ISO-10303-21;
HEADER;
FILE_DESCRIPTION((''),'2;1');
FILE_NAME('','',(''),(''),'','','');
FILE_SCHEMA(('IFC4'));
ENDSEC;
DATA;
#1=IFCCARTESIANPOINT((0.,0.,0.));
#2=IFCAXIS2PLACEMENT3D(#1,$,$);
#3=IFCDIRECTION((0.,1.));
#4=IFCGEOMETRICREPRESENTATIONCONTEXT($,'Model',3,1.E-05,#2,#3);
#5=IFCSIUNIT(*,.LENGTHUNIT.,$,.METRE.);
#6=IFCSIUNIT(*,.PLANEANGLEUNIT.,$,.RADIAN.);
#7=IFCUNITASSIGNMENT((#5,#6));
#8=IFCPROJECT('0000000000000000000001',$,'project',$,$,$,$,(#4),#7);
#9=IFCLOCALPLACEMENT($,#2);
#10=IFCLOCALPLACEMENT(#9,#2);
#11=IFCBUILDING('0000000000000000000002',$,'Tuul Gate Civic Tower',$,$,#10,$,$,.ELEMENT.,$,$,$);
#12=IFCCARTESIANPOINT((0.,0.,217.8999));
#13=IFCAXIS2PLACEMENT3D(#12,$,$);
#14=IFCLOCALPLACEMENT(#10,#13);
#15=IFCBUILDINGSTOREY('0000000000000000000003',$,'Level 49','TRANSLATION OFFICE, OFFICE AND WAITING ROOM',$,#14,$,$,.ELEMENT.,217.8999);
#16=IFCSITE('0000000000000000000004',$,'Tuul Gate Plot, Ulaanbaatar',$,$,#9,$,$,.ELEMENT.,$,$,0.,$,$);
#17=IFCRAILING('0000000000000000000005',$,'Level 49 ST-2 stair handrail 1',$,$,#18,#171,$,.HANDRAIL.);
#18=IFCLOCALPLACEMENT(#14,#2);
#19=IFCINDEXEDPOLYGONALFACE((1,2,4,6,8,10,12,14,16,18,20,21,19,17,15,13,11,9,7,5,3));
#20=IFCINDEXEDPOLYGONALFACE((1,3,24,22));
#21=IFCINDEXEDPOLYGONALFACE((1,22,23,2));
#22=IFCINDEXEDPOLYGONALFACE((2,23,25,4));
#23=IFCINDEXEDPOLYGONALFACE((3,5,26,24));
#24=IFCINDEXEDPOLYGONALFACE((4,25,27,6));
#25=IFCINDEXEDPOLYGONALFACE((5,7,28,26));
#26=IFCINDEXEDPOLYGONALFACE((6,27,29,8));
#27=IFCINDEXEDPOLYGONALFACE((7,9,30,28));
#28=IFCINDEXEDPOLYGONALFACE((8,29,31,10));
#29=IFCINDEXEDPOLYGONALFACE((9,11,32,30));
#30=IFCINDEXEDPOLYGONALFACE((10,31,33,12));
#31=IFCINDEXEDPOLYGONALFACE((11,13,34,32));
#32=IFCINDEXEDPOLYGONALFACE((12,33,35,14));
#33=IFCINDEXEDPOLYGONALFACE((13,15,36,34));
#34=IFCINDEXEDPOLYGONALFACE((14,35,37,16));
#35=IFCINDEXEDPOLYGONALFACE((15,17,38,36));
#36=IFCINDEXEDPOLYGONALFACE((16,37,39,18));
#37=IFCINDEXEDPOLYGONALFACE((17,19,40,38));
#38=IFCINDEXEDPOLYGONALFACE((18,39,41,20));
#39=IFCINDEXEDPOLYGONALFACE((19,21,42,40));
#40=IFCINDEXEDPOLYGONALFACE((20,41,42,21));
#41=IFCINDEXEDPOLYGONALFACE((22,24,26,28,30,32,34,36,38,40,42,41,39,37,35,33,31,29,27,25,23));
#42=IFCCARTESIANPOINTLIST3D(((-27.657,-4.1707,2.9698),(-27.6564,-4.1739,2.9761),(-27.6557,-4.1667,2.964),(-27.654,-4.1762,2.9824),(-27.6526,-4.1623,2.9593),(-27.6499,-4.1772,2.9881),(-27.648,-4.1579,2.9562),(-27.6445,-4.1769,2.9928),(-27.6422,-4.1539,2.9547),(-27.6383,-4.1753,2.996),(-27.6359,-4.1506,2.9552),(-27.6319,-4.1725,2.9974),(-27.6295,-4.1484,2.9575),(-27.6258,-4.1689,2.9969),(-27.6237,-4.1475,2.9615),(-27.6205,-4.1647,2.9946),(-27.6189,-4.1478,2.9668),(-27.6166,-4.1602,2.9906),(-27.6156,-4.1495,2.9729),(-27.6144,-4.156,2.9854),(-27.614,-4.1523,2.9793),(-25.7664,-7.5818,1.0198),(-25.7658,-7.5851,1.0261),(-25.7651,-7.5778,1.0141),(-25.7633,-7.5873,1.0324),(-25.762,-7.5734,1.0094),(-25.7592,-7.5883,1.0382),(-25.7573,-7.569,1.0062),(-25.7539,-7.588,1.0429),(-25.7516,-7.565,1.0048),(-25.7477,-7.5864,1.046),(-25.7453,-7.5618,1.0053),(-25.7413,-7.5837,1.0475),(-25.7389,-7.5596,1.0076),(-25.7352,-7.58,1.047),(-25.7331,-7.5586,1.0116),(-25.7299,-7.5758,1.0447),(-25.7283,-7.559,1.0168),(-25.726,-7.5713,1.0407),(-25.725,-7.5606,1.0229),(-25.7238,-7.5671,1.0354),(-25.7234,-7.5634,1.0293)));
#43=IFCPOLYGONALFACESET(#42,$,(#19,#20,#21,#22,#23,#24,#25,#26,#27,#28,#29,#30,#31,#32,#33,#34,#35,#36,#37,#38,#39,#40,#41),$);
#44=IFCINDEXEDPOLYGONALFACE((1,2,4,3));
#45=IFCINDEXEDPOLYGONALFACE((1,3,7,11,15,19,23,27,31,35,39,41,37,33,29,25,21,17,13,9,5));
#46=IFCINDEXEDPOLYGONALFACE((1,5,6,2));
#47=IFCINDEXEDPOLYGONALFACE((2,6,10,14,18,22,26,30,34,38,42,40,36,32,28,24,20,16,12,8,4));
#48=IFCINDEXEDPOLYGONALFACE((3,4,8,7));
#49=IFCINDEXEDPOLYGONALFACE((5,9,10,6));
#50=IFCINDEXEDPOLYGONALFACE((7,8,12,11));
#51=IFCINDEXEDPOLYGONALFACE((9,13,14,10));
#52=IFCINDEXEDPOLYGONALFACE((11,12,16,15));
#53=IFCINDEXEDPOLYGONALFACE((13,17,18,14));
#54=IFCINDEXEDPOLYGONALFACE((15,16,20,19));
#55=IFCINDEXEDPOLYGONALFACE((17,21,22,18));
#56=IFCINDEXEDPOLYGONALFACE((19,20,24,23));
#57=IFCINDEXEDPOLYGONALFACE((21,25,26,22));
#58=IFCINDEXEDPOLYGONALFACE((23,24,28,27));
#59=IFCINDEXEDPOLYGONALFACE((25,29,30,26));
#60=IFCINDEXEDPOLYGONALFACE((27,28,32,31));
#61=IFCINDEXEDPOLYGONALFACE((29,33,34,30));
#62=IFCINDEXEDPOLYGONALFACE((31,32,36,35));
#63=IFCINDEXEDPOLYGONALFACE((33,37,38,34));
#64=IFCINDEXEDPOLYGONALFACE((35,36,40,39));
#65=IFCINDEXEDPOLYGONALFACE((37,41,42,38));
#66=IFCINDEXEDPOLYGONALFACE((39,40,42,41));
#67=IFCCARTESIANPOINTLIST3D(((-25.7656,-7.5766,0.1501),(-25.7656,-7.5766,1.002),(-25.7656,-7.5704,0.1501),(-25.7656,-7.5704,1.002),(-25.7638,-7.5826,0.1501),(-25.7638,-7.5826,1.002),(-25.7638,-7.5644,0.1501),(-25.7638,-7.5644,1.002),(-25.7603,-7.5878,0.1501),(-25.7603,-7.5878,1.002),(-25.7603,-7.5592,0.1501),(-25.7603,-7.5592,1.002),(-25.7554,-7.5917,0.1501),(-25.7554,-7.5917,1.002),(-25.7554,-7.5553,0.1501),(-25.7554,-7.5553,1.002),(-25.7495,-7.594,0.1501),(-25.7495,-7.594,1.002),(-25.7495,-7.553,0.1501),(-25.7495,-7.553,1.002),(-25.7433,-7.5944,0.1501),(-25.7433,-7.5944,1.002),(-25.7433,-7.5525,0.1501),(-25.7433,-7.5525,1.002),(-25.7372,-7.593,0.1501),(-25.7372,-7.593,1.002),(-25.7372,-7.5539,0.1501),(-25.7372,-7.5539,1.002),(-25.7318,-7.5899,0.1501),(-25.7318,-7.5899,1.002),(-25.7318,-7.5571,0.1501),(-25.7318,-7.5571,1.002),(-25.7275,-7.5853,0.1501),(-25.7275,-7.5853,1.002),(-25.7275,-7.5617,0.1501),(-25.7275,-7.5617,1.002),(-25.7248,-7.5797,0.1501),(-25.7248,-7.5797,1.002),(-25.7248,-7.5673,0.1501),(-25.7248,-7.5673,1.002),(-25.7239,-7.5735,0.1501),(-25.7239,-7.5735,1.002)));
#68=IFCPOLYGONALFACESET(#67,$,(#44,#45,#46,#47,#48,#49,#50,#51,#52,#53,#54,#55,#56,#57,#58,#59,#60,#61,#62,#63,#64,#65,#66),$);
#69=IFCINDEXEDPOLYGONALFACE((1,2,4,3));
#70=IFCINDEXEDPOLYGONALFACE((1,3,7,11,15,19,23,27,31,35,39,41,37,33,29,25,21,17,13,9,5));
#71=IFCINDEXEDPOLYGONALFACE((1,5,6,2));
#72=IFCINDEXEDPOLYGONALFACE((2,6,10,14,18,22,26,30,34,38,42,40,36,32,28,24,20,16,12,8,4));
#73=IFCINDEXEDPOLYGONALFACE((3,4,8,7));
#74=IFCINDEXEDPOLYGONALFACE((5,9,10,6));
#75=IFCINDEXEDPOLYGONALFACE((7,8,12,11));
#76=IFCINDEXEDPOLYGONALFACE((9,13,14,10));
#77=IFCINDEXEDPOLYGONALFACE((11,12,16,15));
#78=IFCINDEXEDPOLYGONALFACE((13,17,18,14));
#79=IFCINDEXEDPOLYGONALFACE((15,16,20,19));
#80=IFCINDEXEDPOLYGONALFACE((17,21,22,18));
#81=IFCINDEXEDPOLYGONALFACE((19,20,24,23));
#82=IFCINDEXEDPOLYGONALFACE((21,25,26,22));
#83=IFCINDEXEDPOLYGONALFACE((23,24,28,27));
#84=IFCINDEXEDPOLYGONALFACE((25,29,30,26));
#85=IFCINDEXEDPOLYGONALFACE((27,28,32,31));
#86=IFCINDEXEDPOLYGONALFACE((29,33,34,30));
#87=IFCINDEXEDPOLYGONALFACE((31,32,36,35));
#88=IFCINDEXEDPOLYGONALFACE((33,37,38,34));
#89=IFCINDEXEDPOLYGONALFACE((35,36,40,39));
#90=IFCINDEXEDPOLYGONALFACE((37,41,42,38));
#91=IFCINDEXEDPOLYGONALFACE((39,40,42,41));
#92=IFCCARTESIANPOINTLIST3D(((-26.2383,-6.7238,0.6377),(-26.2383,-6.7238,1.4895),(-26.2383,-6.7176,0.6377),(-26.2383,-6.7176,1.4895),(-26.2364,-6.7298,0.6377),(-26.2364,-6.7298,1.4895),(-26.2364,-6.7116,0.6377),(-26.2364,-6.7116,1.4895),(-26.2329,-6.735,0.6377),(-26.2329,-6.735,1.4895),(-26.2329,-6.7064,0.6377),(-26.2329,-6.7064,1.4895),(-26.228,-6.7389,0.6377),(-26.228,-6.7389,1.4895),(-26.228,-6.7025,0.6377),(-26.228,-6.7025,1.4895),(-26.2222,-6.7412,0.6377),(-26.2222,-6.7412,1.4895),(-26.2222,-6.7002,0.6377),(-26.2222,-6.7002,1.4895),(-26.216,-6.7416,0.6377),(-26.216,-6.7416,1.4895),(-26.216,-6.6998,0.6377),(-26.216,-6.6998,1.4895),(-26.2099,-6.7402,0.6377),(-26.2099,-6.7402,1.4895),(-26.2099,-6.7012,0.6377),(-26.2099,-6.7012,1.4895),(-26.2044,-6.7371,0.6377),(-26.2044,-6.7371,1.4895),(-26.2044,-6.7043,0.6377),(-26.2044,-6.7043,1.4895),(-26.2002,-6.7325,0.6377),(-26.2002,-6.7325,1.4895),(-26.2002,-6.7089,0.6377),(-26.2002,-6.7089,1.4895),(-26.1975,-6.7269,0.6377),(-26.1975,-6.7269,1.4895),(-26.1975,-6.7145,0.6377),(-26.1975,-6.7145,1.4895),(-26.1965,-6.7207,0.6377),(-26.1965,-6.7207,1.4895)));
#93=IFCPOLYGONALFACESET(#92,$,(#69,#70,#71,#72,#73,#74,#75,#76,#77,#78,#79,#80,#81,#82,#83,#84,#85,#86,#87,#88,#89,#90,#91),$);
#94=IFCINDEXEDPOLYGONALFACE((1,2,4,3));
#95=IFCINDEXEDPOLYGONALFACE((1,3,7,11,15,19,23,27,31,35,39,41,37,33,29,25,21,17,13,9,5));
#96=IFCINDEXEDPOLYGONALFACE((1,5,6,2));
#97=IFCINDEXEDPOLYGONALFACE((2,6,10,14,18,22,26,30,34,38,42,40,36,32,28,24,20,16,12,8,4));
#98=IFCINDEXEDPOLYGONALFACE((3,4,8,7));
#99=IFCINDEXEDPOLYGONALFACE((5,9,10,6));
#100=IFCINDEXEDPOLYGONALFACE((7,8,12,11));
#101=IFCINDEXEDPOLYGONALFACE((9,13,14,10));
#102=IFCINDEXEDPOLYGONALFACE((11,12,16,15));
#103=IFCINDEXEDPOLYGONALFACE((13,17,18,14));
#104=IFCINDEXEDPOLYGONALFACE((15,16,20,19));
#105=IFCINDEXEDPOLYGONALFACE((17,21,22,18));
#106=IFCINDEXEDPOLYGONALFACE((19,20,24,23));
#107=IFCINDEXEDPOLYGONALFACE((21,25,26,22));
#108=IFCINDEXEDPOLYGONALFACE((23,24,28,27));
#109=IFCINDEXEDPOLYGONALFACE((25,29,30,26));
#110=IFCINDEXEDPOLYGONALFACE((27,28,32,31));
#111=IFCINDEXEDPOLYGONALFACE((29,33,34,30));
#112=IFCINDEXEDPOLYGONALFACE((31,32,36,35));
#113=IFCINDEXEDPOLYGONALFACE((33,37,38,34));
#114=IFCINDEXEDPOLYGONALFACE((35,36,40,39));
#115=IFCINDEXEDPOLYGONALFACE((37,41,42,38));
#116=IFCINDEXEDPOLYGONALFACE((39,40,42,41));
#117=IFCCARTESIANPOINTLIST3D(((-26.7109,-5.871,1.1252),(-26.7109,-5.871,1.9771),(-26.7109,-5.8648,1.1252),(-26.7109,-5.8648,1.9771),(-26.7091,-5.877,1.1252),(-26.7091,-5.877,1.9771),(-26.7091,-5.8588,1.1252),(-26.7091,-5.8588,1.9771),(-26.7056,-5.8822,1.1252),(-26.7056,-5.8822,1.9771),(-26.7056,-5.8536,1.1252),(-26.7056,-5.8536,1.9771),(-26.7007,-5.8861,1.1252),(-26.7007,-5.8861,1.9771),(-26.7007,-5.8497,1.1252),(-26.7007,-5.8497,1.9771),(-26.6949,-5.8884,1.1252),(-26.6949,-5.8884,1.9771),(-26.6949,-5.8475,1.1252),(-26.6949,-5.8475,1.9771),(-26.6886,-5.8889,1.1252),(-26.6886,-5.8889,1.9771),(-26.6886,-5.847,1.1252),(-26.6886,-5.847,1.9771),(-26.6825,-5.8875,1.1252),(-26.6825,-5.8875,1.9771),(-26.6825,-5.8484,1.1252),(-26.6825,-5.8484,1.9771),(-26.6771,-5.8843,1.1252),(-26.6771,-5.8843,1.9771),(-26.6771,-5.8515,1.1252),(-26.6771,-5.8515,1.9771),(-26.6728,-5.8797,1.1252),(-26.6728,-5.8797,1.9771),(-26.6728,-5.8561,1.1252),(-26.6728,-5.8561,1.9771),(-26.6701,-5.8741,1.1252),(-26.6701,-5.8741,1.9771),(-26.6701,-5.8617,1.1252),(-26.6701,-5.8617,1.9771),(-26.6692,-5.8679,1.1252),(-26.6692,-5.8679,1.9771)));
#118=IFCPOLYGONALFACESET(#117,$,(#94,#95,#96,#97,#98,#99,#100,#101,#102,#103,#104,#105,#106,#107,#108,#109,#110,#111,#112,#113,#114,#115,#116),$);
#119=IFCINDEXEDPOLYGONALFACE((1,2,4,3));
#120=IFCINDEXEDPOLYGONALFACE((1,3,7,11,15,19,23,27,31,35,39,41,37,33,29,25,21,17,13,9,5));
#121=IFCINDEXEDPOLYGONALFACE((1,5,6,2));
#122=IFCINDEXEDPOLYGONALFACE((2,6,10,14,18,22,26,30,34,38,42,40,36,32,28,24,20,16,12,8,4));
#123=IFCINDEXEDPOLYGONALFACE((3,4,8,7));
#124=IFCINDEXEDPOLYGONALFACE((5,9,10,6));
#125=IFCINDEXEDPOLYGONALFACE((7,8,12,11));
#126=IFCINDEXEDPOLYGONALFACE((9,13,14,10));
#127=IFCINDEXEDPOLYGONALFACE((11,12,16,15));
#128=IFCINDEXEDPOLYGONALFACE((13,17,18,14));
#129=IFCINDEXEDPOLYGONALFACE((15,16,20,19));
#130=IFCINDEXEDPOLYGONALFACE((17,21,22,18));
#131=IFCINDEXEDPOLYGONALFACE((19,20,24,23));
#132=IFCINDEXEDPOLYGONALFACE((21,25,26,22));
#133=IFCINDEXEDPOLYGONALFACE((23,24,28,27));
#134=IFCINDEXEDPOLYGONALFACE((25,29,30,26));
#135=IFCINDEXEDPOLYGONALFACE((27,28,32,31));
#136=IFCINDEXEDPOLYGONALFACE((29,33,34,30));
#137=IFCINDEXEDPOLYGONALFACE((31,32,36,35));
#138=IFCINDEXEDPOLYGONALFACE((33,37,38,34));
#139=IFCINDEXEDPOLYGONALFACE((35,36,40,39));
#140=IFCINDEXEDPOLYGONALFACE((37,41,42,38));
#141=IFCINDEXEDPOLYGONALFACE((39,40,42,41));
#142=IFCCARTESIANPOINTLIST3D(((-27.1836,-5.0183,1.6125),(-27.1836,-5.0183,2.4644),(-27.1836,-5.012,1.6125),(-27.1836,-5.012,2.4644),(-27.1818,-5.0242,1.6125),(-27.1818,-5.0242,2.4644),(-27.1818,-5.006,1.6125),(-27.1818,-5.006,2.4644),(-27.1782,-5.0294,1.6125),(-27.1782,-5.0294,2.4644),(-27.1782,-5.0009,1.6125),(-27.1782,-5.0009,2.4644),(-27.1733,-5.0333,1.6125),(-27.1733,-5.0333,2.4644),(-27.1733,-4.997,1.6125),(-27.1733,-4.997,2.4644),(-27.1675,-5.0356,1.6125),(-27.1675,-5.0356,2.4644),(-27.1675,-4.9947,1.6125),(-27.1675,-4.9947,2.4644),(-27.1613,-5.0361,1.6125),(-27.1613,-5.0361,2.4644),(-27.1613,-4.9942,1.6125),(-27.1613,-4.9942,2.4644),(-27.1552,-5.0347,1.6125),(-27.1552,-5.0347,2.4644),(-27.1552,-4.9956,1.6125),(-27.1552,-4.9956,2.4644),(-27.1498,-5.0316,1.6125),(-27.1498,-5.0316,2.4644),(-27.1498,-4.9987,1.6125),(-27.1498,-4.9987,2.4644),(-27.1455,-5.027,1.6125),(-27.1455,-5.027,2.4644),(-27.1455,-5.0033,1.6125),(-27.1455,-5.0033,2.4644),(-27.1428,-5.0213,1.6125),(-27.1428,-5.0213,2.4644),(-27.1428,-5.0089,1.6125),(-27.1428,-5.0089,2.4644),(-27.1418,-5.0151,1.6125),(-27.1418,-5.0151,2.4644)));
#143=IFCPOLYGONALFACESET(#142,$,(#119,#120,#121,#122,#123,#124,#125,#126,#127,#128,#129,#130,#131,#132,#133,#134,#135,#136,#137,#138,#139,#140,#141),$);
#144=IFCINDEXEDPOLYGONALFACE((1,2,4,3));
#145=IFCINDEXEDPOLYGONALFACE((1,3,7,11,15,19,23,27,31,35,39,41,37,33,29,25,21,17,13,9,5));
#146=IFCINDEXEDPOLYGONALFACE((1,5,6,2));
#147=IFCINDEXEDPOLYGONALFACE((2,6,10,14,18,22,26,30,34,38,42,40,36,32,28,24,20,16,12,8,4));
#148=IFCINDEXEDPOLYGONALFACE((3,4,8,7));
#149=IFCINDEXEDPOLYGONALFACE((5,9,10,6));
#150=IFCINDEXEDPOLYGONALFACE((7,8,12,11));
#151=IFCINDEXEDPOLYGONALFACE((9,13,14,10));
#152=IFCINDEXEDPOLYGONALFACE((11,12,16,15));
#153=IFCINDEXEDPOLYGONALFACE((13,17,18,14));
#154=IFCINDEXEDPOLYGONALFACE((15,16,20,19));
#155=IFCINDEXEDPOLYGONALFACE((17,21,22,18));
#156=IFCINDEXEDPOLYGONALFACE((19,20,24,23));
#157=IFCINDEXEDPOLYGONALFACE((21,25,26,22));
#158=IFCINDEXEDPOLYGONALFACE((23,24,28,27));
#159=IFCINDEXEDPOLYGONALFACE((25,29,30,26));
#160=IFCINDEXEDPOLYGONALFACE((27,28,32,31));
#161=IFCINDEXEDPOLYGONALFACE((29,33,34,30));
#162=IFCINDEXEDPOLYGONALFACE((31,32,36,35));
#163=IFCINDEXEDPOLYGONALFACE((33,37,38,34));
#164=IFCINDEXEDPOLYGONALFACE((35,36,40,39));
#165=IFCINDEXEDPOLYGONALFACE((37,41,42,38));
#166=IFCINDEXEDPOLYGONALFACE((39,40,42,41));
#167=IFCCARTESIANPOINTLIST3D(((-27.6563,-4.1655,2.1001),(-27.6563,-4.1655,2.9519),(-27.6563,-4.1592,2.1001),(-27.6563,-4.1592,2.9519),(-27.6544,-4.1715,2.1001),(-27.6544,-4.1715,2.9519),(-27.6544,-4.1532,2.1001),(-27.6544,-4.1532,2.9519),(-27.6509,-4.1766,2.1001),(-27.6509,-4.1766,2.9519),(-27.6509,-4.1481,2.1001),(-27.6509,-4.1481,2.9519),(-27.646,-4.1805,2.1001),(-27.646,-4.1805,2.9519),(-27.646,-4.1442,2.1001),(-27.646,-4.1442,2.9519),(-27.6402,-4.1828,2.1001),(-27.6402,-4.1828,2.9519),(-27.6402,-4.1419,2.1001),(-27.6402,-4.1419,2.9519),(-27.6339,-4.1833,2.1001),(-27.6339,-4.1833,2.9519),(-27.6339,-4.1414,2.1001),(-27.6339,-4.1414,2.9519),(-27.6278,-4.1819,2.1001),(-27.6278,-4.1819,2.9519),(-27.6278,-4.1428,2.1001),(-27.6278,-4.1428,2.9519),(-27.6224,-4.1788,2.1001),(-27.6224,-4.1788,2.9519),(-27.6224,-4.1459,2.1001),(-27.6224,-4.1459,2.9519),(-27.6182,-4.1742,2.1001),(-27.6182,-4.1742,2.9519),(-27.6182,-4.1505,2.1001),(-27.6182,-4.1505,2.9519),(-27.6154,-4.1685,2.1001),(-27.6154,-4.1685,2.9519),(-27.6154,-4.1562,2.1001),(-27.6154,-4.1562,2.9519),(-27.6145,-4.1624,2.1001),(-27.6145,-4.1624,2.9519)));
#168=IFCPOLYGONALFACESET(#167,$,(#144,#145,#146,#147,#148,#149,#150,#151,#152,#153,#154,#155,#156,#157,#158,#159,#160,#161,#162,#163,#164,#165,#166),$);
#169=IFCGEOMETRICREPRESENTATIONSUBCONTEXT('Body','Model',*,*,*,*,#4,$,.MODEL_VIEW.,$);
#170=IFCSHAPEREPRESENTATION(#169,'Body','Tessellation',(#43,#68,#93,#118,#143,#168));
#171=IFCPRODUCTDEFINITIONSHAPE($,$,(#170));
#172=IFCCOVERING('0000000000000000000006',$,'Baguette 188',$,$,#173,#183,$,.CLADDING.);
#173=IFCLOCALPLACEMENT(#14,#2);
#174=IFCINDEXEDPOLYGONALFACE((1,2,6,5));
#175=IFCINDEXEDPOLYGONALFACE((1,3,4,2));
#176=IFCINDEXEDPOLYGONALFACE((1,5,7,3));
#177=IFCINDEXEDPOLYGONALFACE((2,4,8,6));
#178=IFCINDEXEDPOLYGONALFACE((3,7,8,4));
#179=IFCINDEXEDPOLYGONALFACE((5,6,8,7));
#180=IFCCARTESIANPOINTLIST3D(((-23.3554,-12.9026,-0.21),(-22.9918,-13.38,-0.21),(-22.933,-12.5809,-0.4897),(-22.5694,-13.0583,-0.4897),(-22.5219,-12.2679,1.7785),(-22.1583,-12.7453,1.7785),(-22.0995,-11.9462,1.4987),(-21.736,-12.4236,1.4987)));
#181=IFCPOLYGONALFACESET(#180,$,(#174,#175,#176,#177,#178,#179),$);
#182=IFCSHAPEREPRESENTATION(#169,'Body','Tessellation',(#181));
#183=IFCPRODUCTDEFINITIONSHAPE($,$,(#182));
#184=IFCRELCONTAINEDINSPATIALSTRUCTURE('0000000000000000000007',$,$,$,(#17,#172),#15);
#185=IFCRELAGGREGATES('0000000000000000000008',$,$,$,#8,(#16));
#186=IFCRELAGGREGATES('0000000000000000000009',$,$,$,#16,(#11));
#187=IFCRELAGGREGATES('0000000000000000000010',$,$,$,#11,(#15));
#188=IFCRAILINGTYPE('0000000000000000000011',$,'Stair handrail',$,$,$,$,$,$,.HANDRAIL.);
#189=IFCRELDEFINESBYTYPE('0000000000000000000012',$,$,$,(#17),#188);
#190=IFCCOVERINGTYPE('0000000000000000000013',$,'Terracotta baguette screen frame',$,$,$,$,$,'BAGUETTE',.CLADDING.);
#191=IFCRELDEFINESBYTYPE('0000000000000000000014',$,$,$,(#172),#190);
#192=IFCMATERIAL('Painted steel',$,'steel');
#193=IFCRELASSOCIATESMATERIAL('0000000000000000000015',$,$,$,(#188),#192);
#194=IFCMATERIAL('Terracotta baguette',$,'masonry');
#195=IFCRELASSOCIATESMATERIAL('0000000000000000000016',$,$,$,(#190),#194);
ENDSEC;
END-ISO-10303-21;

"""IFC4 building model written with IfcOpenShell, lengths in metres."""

from ifc_helpers import new_model, si_unit, direction, frame, origin, origin_2d, place, context, subcontext, project, spatial, rectangle, circle, extrude, material, material_profile, profile_set, type_object, element, save


model = new_model("IFC4")

# Units and contexts
model_context = context("Model", 3, precision=1e-05, world=origin(), true_north=direction((0.0, 1.0)))
body_context = subcontext(model_context, "Body", "Model", "MODEL_VIEW")
ifc_project = project(units=[si_unit("LENGTHUNIT", "METRE"), si_unit("PLANEANGLEUNIT", "RADIAN")], contexts=[model_context])

# Site, building, storey
site_placement = place(None, origin())
site = spatial("IfcSite", under=ifc_project, at=site_placement, Name="Tuul Gate Plot, Ulaanbaatar", CompositionType="ELEMENT", RefElevation=0.0)
building_placement = place(site_placement, origin())
building = spatial("IfcBuilding", under=site, at=building_placement, Name="Tuul Gate Civic Tower", CompositionType="ELEMENT")
storey_placement = place(building_placement, frame((0.0, 0.0, 217.8999)))
storey = spatial("IfcBuildingStorey", under=building, at=storey_placement, Name="Level 49", Description="TRANSLATION OFFICE, OFFICE AND WAITING ROOM", CompositionType="ELEMENT", Elevation=217.8999)

# Railing
ifc_material_1 = material(Name="Painted steel", Category="steel")
railing_type_1 = type_object("IfcRailingType", Name="Stair handrail", PredefinedType="HANDRAIL", material=ifc_material_1)
railing_1_placement = place(storey_placement, frame((-25.7449, -7.5735, 0.1501)))
element("IfcRailing", 1, at=railing_1_placement, inside=storey, type_object=railing_type_1, Name="Level 49 ST-2 stair handrail 1", PredefinedType="HANDRAIL", context=body_context, shape_type="SweptSolid", body=[
    extrude(circle(Radius=0.0239, at=origin_2d()), frame((0.0, 0.0, 0.876), z_axis=(-0.433595, 0.782308, 0.447201), x_axis=(-0.874641, -0.484771, 0.0)), (0.0, 0.0, 1.0), 4.3604),
    extrude(circle(Radius=0.021, at=origin_2d()), origin(), (0.0, 0.0, 1.0), 0.8518),
    extrude(circle(Radius=0.021, at=origin_2d()), frame((-0.4727, 0.8528, 0.4875)), (0.0, 0.0, 1.0), 0.8518),
    extrude(circle(Radius=0.021, at=origin_2d()), frame((-0.9453, 1.7056, 0.9751)), (0.0, 0.0, 1.0), 0.8518),
    extrude(circle(Radius=0.021, at=origin_2d()), frame((-1.418, 2.5583, 1.4624)), (0.0, 0.0, 1.0), 0.8518),
    extrude(circle(Radius=0.021, at=origin_2d()), frame((-1.8906, 3.4111, 1.95)), (0.0, 0.0, 1.0), 0.8518),
])

# Covering
ifc_material_2 = material(Name="Terracotta baguette", Category="masonry")
ifc_material_profile_1 = material_profile(ifc_material_2, rectangle(XDim=0.6001, YDim=0.6001, at=origin_2d()), Name="Terracotta baguette screen frame")
ifc_profile_set_1 = profile_set([ifc_material_profile_1], Name="Terracotta baguette")
covering_type = type_object("IfcCoveringType", Name="Terracotta baguette screen frame", ElementType="BAGUETTE", PredefinedType="CLADDING", material=ifc_profile_set_1)
covering_placement = place(storey_placement, frame((-22.9624, -12.9805, -0.3499), z_axis=(0.370832, 0.282415, 0.884718), x_axis=(-0.605875, 0.79556, 0.0)))
element("IfcCovering", 2, at=covering_placement, inside=storey, type_object=covering_type, Name="Baguette 188", PredefinedType="CLADDING", context=body_context, shape_type="SweptSolid", body=[
    extrude(rectangle(XDim=0.6001, YDim=0.6001, at=origin_2d()), origin(), (0.0, 0.0, 1.0), 2.2476),
])

save(model, "model.ifc")
